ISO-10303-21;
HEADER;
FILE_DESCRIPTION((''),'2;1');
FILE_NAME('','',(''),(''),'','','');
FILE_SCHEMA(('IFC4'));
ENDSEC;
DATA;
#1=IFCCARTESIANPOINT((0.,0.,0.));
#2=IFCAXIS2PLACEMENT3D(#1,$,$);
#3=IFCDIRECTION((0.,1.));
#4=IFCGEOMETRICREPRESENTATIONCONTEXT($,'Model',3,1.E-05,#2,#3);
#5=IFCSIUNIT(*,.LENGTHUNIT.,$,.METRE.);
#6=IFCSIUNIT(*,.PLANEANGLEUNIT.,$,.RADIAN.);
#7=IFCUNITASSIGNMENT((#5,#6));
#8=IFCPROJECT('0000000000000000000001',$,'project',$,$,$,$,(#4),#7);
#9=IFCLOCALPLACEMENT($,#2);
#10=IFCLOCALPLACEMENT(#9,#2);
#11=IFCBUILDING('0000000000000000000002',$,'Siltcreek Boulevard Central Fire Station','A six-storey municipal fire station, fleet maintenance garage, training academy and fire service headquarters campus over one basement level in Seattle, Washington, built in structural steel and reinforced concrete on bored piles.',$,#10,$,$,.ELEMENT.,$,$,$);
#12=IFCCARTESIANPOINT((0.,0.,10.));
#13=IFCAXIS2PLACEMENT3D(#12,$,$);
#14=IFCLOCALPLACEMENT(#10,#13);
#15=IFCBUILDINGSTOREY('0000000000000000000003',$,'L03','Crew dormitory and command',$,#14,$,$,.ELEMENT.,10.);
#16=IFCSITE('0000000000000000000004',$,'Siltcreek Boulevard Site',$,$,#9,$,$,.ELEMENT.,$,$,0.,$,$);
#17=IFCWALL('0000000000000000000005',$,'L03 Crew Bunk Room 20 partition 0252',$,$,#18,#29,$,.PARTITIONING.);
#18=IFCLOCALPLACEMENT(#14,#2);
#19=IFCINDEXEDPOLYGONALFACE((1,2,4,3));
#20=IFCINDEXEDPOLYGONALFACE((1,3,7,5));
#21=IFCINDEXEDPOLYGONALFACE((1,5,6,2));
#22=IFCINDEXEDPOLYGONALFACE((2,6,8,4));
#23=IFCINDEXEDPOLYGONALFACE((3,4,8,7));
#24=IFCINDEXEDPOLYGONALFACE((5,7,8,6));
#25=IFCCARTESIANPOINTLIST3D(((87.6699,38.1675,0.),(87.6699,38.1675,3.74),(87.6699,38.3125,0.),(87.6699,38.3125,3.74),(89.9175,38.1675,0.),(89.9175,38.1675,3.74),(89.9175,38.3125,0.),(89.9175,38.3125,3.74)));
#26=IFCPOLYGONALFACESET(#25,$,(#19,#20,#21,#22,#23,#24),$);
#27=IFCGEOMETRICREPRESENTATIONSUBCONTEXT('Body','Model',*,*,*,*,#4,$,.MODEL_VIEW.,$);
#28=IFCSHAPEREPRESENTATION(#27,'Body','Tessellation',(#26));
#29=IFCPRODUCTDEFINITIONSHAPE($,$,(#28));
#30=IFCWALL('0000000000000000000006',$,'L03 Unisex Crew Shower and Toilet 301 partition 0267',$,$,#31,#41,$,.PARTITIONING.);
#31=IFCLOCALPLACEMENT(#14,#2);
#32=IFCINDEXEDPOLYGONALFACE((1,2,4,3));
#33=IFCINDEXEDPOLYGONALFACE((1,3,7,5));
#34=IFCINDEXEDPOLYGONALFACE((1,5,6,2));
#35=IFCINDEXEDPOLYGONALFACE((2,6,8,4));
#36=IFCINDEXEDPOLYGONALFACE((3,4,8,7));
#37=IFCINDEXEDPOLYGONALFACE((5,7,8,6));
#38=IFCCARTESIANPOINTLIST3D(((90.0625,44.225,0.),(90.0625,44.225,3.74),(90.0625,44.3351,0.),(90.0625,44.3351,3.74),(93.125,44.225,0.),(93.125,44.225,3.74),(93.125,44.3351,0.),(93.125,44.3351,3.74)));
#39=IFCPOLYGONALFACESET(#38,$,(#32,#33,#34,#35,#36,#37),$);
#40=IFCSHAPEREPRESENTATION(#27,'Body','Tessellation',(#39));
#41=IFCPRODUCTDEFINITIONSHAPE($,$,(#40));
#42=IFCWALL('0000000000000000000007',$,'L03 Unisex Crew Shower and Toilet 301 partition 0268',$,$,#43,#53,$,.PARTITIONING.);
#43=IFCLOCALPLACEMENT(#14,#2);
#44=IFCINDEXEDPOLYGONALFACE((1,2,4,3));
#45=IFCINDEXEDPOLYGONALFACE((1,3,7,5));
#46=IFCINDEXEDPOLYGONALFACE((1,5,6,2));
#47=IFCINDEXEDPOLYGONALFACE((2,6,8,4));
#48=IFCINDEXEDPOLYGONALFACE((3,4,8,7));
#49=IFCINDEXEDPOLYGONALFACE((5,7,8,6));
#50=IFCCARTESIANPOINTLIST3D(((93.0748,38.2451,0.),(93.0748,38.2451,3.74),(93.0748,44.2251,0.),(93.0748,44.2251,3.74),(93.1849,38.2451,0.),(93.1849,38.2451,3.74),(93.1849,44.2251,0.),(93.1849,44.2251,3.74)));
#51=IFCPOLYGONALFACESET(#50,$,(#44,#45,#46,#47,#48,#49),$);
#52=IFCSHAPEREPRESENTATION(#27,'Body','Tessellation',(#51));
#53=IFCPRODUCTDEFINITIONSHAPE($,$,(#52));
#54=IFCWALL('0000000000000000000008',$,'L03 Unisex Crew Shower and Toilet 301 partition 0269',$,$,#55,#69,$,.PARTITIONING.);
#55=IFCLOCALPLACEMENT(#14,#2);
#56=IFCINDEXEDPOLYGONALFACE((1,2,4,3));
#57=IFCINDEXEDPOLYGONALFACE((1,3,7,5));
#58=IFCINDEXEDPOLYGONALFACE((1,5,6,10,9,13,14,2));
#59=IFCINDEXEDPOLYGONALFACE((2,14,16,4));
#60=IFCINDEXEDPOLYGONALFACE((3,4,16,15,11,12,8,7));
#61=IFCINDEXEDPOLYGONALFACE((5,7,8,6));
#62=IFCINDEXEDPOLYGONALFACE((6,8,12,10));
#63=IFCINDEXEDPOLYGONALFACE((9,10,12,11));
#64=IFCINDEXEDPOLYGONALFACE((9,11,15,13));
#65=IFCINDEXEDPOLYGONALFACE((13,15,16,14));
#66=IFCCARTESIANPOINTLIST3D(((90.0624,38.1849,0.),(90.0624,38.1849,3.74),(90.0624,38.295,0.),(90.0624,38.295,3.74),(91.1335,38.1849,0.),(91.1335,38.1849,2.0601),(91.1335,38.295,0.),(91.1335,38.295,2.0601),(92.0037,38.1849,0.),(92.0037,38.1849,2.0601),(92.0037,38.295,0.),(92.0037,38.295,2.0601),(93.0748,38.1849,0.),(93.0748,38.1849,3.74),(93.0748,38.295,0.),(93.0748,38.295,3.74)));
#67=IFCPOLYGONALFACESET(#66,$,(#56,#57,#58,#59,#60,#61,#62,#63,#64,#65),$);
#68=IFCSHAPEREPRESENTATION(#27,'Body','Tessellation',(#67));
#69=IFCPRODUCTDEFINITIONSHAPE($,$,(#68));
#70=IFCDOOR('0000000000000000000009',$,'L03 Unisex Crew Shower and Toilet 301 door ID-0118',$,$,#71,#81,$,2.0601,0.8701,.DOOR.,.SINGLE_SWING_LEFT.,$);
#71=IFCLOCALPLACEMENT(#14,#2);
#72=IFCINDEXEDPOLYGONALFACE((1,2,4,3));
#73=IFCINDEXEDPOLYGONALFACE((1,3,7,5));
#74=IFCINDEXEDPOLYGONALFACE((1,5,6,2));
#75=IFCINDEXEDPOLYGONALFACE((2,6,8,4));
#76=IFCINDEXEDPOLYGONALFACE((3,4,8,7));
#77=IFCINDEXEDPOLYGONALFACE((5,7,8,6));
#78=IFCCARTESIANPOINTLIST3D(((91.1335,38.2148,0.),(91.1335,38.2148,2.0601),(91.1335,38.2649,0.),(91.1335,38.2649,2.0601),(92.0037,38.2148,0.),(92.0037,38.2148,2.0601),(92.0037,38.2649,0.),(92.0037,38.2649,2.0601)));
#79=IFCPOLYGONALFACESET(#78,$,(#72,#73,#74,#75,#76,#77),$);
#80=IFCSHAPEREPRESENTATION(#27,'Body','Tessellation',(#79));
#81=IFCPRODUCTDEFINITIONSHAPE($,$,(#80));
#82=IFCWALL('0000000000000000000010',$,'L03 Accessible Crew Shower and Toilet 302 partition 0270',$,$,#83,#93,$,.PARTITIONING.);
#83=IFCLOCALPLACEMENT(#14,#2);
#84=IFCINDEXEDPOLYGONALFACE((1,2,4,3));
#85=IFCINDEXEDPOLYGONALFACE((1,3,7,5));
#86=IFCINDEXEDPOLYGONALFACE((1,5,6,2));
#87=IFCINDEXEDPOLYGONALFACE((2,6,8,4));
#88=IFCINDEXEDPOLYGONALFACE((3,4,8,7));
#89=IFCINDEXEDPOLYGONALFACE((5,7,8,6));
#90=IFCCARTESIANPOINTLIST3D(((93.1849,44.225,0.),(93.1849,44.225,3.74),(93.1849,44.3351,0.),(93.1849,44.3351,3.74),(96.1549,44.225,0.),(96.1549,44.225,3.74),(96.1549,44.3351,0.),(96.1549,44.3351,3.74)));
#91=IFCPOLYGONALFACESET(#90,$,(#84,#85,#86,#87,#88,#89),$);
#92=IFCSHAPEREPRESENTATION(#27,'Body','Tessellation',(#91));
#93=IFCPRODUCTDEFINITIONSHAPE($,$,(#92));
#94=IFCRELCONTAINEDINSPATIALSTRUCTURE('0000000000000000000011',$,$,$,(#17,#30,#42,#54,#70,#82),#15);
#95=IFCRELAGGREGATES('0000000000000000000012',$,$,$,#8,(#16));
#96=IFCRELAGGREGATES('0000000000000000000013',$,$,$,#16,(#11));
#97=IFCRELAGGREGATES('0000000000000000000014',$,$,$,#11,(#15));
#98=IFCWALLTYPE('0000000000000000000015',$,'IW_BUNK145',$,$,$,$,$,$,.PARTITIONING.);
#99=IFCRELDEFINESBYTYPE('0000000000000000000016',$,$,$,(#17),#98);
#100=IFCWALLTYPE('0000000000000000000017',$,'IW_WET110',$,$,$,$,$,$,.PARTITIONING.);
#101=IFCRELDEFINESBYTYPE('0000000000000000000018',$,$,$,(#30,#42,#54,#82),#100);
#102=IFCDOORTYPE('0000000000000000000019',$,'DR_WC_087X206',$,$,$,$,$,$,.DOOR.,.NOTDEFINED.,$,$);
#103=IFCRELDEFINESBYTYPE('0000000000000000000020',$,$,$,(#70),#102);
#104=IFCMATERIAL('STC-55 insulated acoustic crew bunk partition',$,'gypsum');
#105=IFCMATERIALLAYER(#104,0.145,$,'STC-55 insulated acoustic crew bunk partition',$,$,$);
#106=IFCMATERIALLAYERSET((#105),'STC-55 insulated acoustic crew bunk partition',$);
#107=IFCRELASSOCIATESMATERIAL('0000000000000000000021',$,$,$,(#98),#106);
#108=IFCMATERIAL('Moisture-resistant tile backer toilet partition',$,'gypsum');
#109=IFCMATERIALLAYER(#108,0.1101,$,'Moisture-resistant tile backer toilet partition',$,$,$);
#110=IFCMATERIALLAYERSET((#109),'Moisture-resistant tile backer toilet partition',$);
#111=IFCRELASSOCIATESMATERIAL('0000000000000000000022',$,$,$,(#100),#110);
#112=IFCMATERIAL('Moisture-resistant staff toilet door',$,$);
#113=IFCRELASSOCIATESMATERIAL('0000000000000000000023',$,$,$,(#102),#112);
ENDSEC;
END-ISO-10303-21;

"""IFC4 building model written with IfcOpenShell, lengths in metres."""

from ifc_helpers import new_model, si_unit, direction, frame, frame_2d, origin, place, context, subcontext, project, spatial, rectangle, extrude, material, layer, layer_set, type_object, element, fill, save


model = new_model("IFC4")

# Units and contexts
model_context = context("Model", 3, precision=1e-05, world=origin(), true_north=direction((0.0, 1.0)))
body_context = subcontext(model_context, "Body", "Model", "MODEL_VIEW")
ifc_project = project(units=[si_unit("LENGTHUNIT", "METRE"), si_unit("PLANEANGLEUNIT", "RADIAN")], contexts=[model_context])

# Site, building, storey
site_placement = place(None, origin())
site = spatial("IfcSite", under=ifc_project, at=site_placement, Name="Siltcreek Boulevard Site", CompositionType="ELEMENT", RefElevation=0.0)
building_placement = place(site_placement, origin())
building = spatial("IfcBuilding", under=site, at=building_placement, Name="Siltcreek Boulevard Central Fire Station", Description="A six-storey municipal fire station, fleet maintenance garage, training academy and fire service headquarters campus over one basement level in Seattle, Washington, built in structural steel and reinforced concrete on bored piles.", CompositionType="ELEMENT")
storey_placement = place(building_placement, frame((0.0, 0.0, 10.0)))
storey = spatial("IfcBuildingStorey", under=building, at=storey_placement, Name="L03", Description="Crew dormitory and command", CompositionType="ELEMENT", Elevation=10.0)

# Shared definitions
ifc_material_1 = material(Name="STC-55 insulated acoustic crew bunk partition", Category="gypsum")
ifc_layer_1 = layer(ifc_material_1, 0.145, Name="STC-55 insulated acoustic crew bunk partition")
ifc_layer_set_1 = layer_set([ifc_layer_1], Name="STC-55 insulated acoustic crew bunk partition")
wall_type_1 = type_object("IfcWallType", Name="IW_BUNK145", PredefinedType="PARTITIONING", material=ifc_layer_set_1)

# Walls
for number, where, z_axis, x_axis, name in (
    (1, (89.9175, 38.24, 0.0), (0.0, 0.0, 1.0), (-1.0, 0.0, 0.0), "L03 Crew Bunk Room 20 partition 0252"),
):
    element("IfcWall", number, at=place(storey_placement, frame(where, z_axis=z_axis, x_axis=x_axis)), inside=storey, type_object=wall_type_1, Name=name, PredefinedType="PARTITIONING", context=body_context, shape_type="SweptSolid", body=[
        extrude(rectangle(XDim=2.2476, YDim=0.145, at=frame_2d((1.1238, 0.0))), origin(), (0.0, 0.0, 1.0), 3.74),
    ])
ifc_material_2 = material(Name="Moisture-resistant tile backer toilet partition", Category="gypsum")
ifc_layer_2 = layer(ifc_material_2, 0.1101, Name="Moisture-resistant tile backer toilet partition")
ifc_layer_set_2 = layer_set([ifc_layer_2], Name="Moisture-resistant tile backer toilet partition")
wall_type_2 = type_object("IfcWallType", Name="IW_WET110", PredefinedType="PARTITIONING", material=ifc_layer_set_2)
wall_1_placement = place(storey_placement, frame((90.0625, 44.28, 0.0), z_axis=(0.0, 0.0, 1.0), x_axis=(1.0, 0.0, 0.0)))
element("IfcWall", 2, at=wall_1_placement, inside=storey, type_object=wall_type_2, Name="L03 Unisex Crew Shower and Toilet 301 partition 0267", PredefinedType="PARTITIONING", context=body_context, shape_type="SweptSolid", body=[
    extrude(rectangle(XDim=3.0625, YDim=0.1101, at=frame_2d((1.5312, 0.0))), origin(), (0.0, 0.0, 1.0), 3.74),
])
wall_2_placement = place(storey_placement, frame((93.1299, 44.2251, 0.0), z_axis=(0.0, 0.0, 1.0), x_axis=(0.0, -1.0, 0.0)))
element("IfcWall", 3, at=wall_2_placement, inside=storey, type_object=wall_type_2, Name="L03 Unisex Crew Shower and Toilet 301 partition 0268", PredefinedType="PARTITIONING", context=body_context, shape_type="SweptSolid", body=[
    extrude(rectangle(XDim=5.98, YDim=0.1101, at=frame_2d((2.99, 0.0))), origin(), (0.0, 0.0, 1.0), 3.74),
])

# Wall, opening, door
wall_3_placement = place(storey_placement, frame((93.075, 38.24, 0.0), z_axis=(0.0, 0.0, 1.0), x_axis=(-1.0, 0.0, 0.0)))
wall_3 = element("IfcWall", 4, at=wall_3_placement, inside=storey, type_object=wall_type_2, Name="L03 Unisex Crew Shower and Toilet 301 partition 0269", PredefinedType="PARTITIONING", context=body_context, shape_type="SweptSolid", body=[
    extrude(rectangle(XDim=3.0125, YDim=0.1101, at=frame_2d((1.5063, 0.0))), origin(), (0.0, 0.0, 1.0), 3.74),
])
opening_1_placement = place(wall_3_placement, frame((1.0713, 0.0, 0.0)))
opening_1 = element("IfcOpeningElement", 5, at=opening_1_placement, cuts=wall_3, PredefinedType="OPENING", context=body_context, shape_type="SweptSolid", body=[
    extrude(rectangle(XDim=0.8701, YDim=2.0601, at=frame_2d((0.4351, 1.03))), frame((0.0, 0.0649, 0.0), z_axis=(0.0, -1.0, 0.0), x_axis=(1.0, 0.0, 0.0)), (0.0, 0.0, 1.0), 0.1301),
])
ifc_material_3 = material(Name="Moisture-resistant staff toilet door")
door_type_1 = type_object("IfcDoorType", Name="DR_WC_087X206", OperationType="NOTDEFINED", PredefinedType="DOOR", material=ifc_material_3)
door_1_placement = place(opening_1_placement, frame((0.8701, 0.0, 0.0), z_axis=(0.0, 0.0, 1.0), x_axis=(-1.0, 0.0, 0.0)))
door_1 = element("IfcDoor", 6, at=door_1_placement, inside=storey, type_object=door_type_1, Name="L03 Unisex Crew Shower and Toilet 301 door ID-0118", OperationType="SINGLE_SWING_LEFT", OverallHeight=2.0601, OverallWidth=0.8701, PredefinedType="DOOR", context=body_context, shape_type="SweptSolid", body=[
    extrude(rectangle(XDim=0.8701, YDim=2.0601, at=frame_2d((0.4351, 1.03))), frame((0.0, 0.0249, 0.0), z_axis=(0.0, -1.0, 0.0), x_axis=(1.0, 0.0, 0.0)), (0.0, 0.0, 1.0), 0.05),
])
fill(opening_1, door_1)

# Wall
wall_4_placement = place(storey_placement, frame((93.1851, 44.28, 0.0), z_axis=(0.0, 0.0, 1.0), x_axis=(1.0, 0.0, 0.0)))
element("IfcWall", 7, at=wall_4_placement, inside=storey, type_object=wall_type_2, Name="L03 Accessible Crew Shower and Toilet 302 partition 0270", PredefinedType="PARTITIONING", context=body_context, shape_type="SweptSolid", body=[
    extrude(rectangle(XDim=2.97, YDim=0.1101, at=frame_2d((1.4849, 0.0))), origin(), (0.0, 0.0, 1.0), 3.74),
])

save(model, "model.ifc")
